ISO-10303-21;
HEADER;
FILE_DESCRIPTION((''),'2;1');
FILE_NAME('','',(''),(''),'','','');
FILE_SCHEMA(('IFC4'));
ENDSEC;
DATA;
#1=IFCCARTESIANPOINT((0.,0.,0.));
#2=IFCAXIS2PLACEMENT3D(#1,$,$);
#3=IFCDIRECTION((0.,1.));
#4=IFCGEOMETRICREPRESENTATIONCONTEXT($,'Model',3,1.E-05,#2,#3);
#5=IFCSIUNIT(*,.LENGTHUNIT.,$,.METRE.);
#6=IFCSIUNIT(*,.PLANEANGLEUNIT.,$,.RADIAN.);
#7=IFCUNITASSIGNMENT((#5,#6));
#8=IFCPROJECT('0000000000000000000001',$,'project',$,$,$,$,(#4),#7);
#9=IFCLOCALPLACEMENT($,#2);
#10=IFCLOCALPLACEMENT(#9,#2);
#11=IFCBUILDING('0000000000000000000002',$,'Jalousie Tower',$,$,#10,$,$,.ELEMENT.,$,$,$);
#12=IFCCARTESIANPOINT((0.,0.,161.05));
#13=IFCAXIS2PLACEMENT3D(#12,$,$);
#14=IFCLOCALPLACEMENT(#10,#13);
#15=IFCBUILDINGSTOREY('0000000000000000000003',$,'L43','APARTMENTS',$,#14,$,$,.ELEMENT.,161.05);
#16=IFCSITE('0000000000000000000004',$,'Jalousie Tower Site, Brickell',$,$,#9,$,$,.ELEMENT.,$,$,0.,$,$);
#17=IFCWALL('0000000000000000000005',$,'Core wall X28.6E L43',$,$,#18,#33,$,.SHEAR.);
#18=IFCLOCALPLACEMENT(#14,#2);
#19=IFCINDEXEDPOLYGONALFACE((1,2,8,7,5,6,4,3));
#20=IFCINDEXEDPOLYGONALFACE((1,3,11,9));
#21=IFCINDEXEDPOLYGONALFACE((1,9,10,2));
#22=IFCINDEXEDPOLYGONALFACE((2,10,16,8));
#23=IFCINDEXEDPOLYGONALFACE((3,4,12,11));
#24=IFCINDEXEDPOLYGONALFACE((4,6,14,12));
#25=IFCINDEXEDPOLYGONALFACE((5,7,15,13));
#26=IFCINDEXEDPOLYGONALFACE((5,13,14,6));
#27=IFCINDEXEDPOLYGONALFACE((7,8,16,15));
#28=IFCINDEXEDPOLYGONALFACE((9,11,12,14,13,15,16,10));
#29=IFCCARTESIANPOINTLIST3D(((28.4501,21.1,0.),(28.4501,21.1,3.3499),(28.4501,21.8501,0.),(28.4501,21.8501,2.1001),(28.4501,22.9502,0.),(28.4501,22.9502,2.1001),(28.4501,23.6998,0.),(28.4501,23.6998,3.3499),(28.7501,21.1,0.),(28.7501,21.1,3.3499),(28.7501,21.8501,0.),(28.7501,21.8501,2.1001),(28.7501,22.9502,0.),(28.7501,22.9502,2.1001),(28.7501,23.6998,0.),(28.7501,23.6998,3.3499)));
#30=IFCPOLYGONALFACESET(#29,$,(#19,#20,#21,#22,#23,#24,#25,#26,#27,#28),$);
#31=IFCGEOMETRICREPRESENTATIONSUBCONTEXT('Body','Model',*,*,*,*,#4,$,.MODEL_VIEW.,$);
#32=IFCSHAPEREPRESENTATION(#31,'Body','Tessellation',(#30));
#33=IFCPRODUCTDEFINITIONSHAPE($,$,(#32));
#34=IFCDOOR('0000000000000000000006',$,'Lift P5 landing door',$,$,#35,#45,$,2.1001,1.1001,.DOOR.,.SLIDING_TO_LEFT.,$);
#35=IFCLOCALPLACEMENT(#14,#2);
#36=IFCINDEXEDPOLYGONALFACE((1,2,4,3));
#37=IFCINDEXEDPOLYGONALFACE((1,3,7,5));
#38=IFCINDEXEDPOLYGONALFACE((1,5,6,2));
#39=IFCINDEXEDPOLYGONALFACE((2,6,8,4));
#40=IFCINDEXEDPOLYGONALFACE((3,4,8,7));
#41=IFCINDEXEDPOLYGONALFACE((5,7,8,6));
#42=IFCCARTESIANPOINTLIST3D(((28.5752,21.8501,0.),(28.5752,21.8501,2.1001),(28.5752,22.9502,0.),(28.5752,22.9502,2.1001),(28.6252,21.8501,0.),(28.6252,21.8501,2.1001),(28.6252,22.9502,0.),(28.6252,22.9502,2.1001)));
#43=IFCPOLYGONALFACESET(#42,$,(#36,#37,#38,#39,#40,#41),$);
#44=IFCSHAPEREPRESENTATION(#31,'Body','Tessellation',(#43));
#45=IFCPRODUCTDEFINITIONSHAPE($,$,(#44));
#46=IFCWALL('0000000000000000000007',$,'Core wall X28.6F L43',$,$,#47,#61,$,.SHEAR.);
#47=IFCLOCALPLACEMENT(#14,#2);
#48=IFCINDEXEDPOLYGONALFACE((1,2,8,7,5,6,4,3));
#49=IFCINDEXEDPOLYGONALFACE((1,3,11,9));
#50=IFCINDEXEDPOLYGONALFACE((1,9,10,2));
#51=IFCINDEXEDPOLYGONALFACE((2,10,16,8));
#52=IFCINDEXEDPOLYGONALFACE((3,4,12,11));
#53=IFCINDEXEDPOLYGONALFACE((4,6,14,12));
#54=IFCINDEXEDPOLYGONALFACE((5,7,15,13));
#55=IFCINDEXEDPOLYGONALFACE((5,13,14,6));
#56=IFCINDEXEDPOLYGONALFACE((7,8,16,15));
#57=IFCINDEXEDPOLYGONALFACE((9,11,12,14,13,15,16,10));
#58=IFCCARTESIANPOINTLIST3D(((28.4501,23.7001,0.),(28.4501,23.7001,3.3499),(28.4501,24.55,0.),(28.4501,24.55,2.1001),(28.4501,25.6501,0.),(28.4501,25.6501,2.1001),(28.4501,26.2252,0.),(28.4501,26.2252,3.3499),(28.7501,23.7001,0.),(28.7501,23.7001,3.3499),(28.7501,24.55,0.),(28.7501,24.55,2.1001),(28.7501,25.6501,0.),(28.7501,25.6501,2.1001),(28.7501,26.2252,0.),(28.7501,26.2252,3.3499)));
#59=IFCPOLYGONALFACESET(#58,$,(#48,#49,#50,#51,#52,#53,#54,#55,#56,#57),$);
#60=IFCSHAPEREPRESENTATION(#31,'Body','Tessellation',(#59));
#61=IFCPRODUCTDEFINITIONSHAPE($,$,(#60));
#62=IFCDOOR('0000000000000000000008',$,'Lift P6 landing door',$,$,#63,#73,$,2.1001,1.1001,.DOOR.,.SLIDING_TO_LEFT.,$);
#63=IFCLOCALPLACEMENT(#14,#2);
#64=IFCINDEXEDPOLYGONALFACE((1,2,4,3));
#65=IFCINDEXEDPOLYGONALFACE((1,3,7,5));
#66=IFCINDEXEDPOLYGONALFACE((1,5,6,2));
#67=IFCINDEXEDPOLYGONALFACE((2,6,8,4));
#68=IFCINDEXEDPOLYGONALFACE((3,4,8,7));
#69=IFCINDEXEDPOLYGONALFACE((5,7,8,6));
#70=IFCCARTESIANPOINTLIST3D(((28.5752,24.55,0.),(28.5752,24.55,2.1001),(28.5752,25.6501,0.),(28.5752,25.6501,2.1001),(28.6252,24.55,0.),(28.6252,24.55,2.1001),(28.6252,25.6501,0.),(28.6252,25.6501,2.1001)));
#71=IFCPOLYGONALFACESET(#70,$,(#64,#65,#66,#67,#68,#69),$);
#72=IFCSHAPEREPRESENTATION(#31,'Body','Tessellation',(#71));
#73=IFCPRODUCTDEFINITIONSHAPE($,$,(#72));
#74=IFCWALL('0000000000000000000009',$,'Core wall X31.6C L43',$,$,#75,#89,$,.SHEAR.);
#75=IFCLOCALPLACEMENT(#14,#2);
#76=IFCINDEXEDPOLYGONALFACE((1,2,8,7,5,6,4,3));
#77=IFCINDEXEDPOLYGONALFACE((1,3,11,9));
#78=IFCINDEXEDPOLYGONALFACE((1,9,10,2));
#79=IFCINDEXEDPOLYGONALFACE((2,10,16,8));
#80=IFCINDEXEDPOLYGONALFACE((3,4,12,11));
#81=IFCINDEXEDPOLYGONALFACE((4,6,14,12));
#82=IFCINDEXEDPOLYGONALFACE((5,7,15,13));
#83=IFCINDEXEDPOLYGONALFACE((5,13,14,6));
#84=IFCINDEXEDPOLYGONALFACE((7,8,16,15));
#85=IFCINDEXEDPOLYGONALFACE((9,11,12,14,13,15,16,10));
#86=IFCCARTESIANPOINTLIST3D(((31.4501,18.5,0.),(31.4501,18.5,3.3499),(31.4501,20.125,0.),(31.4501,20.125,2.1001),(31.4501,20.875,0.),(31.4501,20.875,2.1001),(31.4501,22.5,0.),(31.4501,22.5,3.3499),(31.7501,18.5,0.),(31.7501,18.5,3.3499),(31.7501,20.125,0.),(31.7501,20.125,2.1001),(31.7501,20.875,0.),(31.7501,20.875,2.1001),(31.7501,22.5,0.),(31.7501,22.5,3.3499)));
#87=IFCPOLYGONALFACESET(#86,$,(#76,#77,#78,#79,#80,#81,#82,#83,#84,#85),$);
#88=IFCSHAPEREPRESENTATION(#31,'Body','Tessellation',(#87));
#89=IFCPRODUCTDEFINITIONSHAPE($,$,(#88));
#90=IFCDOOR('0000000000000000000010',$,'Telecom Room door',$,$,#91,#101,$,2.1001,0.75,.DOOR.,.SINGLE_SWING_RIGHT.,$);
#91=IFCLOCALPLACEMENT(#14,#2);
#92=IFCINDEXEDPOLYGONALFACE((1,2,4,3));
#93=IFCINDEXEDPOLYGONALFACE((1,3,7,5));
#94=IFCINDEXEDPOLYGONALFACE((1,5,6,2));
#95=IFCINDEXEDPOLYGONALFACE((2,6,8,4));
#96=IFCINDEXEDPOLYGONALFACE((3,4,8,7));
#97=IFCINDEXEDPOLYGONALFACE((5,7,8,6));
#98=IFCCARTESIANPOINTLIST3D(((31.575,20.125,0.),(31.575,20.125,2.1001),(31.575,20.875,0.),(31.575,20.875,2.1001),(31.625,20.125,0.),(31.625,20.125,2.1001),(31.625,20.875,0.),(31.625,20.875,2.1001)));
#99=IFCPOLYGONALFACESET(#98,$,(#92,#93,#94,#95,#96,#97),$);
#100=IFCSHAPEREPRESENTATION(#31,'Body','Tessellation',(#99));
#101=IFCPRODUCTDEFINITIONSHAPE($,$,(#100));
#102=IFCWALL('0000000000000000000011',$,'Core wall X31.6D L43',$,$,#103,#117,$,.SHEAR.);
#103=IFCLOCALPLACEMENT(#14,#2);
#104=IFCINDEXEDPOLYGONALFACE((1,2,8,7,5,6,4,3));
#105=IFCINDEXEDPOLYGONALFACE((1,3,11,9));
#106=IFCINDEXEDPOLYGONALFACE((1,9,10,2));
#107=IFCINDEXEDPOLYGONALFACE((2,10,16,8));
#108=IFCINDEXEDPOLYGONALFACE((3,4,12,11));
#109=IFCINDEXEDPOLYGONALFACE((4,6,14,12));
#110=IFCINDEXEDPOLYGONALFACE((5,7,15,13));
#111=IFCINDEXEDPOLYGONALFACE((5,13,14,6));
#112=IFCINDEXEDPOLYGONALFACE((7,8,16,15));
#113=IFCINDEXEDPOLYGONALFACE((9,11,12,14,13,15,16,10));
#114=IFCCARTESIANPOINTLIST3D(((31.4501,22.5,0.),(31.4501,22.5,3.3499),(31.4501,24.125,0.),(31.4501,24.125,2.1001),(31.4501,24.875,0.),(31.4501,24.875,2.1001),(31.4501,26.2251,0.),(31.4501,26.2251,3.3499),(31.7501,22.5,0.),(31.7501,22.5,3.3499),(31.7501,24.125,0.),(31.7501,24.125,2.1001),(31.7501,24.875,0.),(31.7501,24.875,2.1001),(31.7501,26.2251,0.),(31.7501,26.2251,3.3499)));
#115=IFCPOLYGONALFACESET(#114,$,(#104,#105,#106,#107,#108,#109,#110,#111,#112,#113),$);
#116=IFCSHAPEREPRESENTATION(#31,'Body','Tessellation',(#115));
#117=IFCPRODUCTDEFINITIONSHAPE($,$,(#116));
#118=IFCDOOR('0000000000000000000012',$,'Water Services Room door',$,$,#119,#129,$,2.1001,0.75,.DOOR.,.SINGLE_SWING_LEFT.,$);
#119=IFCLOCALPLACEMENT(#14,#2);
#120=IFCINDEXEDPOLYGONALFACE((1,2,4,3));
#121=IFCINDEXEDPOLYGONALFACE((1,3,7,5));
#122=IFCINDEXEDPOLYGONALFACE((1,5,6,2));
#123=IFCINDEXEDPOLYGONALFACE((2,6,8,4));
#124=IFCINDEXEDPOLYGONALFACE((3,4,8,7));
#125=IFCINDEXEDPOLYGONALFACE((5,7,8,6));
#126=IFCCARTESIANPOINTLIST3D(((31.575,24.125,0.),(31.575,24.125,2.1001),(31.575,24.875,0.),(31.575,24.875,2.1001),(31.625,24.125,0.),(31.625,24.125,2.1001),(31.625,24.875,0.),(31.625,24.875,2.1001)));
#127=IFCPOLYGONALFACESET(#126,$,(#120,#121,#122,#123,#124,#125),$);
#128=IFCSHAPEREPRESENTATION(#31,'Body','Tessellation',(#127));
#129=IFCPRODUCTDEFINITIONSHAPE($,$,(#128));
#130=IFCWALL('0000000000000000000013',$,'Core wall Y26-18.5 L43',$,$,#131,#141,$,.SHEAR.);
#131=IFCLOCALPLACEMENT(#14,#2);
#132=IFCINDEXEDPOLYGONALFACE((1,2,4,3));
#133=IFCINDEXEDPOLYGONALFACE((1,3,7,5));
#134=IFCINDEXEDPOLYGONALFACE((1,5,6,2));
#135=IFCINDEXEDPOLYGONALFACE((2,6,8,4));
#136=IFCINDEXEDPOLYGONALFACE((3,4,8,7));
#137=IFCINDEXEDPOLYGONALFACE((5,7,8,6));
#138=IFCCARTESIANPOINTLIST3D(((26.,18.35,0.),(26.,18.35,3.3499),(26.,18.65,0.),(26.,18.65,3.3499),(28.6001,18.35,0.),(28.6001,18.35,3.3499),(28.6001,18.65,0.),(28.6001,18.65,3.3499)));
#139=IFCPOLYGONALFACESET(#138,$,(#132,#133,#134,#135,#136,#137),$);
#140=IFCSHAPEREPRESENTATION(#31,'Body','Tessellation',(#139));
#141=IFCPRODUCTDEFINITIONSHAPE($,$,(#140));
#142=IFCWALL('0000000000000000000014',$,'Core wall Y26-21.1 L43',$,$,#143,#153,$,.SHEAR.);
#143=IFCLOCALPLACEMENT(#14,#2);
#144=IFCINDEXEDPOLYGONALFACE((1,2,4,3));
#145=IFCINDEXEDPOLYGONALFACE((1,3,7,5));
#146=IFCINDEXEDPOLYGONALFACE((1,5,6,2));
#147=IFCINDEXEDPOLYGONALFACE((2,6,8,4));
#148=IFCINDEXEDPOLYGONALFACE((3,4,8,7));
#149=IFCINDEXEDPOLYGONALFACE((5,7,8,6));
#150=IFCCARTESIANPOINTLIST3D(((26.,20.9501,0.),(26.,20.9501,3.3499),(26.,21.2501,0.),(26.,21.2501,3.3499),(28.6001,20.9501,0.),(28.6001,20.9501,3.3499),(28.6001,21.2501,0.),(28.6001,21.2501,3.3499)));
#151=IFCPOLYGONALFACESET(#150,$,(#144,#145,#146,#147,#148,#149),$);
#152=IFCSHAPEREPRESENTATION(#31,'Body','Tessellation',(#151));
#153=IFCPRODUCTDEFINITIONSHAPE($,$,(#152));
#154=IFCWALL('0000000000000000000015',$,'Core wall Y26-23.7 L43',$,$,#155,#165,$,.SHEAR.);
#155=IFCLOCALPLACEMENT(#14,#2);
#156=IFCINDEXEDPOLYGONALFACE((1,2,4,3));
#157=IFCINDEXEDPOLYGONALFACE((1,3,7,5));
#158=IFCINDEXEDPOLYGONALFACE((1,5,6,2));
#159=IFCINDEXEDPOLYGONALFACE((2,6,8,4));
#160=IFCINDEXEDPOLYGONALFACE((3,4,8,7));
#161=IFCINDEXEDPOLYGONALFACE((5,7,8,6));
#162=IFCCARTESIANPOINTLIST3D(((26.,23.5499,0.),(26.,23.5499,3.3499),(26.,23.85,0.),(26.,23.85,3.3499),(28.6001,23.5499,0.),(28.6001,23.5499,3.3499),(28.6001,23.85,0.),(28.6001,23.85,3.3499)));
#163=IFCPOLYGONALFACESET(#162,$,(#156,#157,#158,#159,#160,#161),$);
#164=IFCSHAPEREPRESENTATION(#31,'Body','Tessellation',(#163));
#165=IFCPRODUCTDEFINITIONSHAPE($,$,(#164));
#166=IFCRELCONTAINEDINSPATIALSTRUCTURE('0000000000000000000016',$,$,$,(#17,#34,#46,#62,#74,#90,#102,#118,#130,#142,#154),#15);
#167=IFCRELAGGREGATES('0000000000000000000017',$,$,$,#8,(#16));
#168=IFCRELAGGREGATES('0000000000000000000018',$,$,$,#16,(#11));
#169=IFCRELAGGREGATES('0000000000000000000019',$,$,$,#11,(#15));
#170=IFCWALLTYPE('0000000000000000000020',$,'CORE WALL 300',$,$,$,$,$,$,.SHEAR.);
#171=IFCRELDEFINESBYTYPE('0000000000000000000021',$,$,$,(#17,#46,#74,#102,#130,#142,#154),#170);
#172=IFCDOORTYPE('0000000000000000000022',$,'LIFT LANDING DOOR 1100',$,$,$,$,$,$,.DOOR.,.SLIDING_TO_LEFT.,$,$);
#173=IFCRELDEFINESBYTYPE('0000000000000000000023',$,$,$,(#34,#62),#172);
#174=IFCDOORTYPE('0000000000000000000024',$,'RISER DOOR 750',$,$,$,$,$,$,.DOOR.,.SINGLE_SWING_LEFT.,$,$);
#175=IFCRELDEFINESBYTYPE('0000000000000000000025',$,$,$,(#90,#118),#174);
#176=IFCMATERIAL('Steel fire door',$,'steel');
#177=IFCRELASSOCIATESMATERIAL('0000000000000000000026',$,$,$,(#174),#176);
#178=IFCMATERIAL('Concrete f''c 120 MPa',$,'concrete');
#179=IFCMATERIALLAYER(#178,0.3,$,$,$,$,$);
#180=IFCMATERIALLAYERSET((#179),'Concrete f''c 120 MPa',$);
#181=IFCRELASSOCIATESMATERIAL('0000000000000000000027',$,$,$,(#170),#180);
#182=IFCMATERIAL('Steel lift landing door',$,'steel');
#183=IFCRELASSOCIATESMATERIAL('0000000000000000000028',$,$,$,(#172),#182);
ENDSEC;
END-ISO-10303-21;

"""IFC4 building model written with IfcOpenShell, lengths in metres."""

from ifc_helpers import new_model, si_unit, direction, frame, frame_2d, origin, place, context, subcontext, project, spatial, rectangle, extrude, material, layer, layer_set, type_object, element, fill, save


model = new_model("IFC4")

# Units and contexts
model_context = context("Model", 3, precision=1e-05, world=origin(), true_north=direction((0.0, 1.0)))
body_context = subcontext(model_context, "Body", "Model", "MODEL_VIEW")
ifc_project = project(units=[si_unit("LENGTHUNIT", "METRE"), si_unit("PLANEANGLEUNIT", "RADIAN")], contexts=[model_context])

# Site, building, storey
site_placement = place(None, origin())
site = spatial("IfcSite", under=ifc_project, at=site_placement, Name="Jalousie Tower Site, Brickell", CompositionType="ELEMENT", RefElevation=0.0)
building_placement = place(site_placement, origin())
building = spatial("IfcBuilding", under=site, at=building_placement, Name="Jalousie Tower", CompositionType="ELEMENT")
storey_placement = place(building_placement, frame((0.0, 0.0, 161.05)))
storey = spatial("IfcBuildingStorey", under=building, at=storey_placement, Name="L43", Description="APARTMENTS", CompositionType="ELEMENT", Elevation=161.05)

# Shared definitions
ifc_material_1 = material(Name="Steel fire door", Category="steel")
door_type_1 = type_object("IfcDoorType", Name="RISER DOOR 750", OperationType="SINGLE_SWING_LEFT", PredefinedType="DOOR", material=ifc_material_1)

# Shared definitions
ifc_material_2 = material(Name="Concrete f'c 120 MPa", Category="concrete")
ifc_layer_1 = layer(ifc_material_2, 0.3)
ifc_layer_set_1 = layer_set([ifc_layer_1], Name="Concrete f'c 120 MPa")
wall_type_1 = type_object("IfcWallType", Name="CORE WALL 300", PredefinedType="SHEAR", material=ifc_layer_set_1)

# Walls, openings, doors
ifc_material_3 = material(Name="Steel lift landing door", Category="steel")
door_type_2 = type_object("IfcDoorType", Name="LIFT LANDING DOOR 1100", OperationType="SLIDING_TO_LEFT", PredefinedType="DOOR", material=ifc_material_3)
wall_1_placement = place(storey_placement, frame((28.6001, 21.1001, 0.0), z_axis=(0.0, 0.0, 1.0), x_axis=(0.0, 1.0, 0.0)))
wall_1 = element("IfcWall", 1, at=wall_1_placement, inside=storey, type_object=wall_type_1, Name="Core wall X28.6E L43", PredefinedType="SHEAR", context=body_context, shape_type="SweptSolid", body=[
    extrude(rectangle(XDim=2.5999, YDim=0.3, at=frame_2d((1.2998, 0.0))), origin(), (0.0, 0.0, 1.0), 3.3499),
])
opening_1_placement = place(wall_1_placement, frame((0.75, 0.0, 0.0)))
opening_1 = element("IfcOpeningElement", 2, at=opening_1_placement, cuts=wall_1, PredefinedType="OPENING", context=body_context, shape_type="SweptSolid", body=[
    extrude(rectangle(XDim=1.1001, YDim=2.1001, at=frame_2d((0.55, 1.05))), frame((0.0, 0.1599, 0.0), z_axis=(0.0, -1.0, 0.0), x_axis=(1.0, 0.0, 0.0)), (0.0, 0.0, 1.0), 0.3201),
])
door_1_placement = place(opening_1_placement, origin())
door_1 = element("IfcDoor", 3, at=door_1_placement, inside=storey, type_object=door_type_2, Name="Lift P5 landing door", OperationType="SLIDING_TO_LEFT", OverallHeight=2.1001, OverallWidth=1.1001, PredefinedType="DOOR", context=body_context, shape_type="SweptSolid", body=[
    extrude(rectangle(XDim=1.1001, YDim=2.1001, at=frame_2d((0.55, 1.05))), frame((0.0, 0.0249, 0.0), z_axis=(0.0, -1.0, 0.0), x_axis=(1.0, 0.0, 0.0)), (0.0, 0.0, 1.0), 0.05),
])
fill(opening_1, door_1)
wall_2_placement = place(storey_placement, frame((28.6001, 23.7, 0.0), z_axis=(0.0, 0.0, 1.0), x_axis=(0.0, 1.0, 0.0)))
wall_2 = element("IfcWall", 4, at=wall_2_placement, inside=storey, type_object=wall_type_1, Name="Core wall X28.6F L43", PredefinedType="SHEAR", context=body_context, shape_type="SweptSolid", body=[
    extrude(rectangle(XDim=2.5251, YDim=0.3, at=frame_2d((1.2627, 0.0))), origin(), (0.0, 0.0, 1.0), 3.3499),
])
opening_2_placement = place(wall_2_placement, frame((0.8501, 0.0, 0.0)))
opening_2 = element("IfcOpeningElement", 5, at=opening_2_placement, cuts=wall_2, PredefinedType="OPENING", context=body_context, shape_type="SweptSolid", body=[
    extrude(rectangle(XDim=1.1001, YDim=2.1001, at=frame_2d((0.55, 1.05))), frame((0.0, 0.1599, 0.0), z_axis=(0.0, -1.0, 0.0), x_axis=(1.0, 0.0, 0.0)), (0.0, 0.0, 1.0), 0.3201),
])
door_2_placement = place(opening_2_placement, origin())
door_2 = element("IfcDoor", 6, at=door_2_placement, inside=storey, type_object=door_type_2, Name="Lift P6 landing door", OperationType="SLIDING_TO_LEFT", OverallHeight=2.1001, OverallWidth=1.1001, PredefinedType="DOOR", context=body_context, shape_type="SweptSolid", body=[
    extrude(rectangle(XDim=1.1001, YDim=2.1001, at=frame_2d((0.55, 1.05))), frame((0.0, 0.0249, 0.0), z_axis=(0.0, -1.0, 0.0), x_axis=(1.0, 0.0, 0.0)), (0.0, 0.0, 1.0), 0.05),
])
fill(opening_2, door_2)
wall_3_placement = place(storey_placement, frame((31.6001, 18.5, 0.0), z_axis=(0.0, 0.0, 1.0), x_axis=(0.0, 1.0, 0.0)))
wall_3 = element("IfcWall", 7, at=wall_3_placement, inside=storey, type_object=wall_type_1, Name="Core wall X31.6C L43", PredefinedType="SHEAR", context=body_context, shape_type="SweptSolid", body=[
    extrude(rectangle(XDim=4.0, YDim=0.3, at=frame_2d((2.0, 0.0))), origin(), (0.0, 0.0, 1.0), 3.3499),
])
opening_3_placement = place(wall_3_placement, frame((1.625, 0.0, 0.0)))
opening_3 = element("IfcOpeningElement", 8, at=opening_3_placement, cuts=wall_3, PredefinedType="OPENING", context=body_context, shape_type="SweptSolid", body=[
    extrude(rectangle(XDim=0.75, YDim=2.1001, at=frame_2d((0.375, 1.05))), frame((0.0, 0.1599, 0.0), z_axis=(0.0, -1.0, 0.0), x_axis=(1.0, 0.0, 0.0)), (0.0, 0.0, 1.0), 0.3201),
])
door_3_placement = place(opening_3_placement, frame((0.75, 0.0, 0.0), z_axis=(0.0, 0.0, 1.0), x_axis=(-1.0, 0.0, 0.0)))
door_3 = element("IfcDoor", 9, at=door_3_placement, inside=storey, type_object=door_type_1, Name="Telecom Room door", OperationType="SINGLE_SWING_RIGHT", OverallHeight=2.1001, OverallWidth=0.75, PredefinedType="DOOR", context=body_context, shape_type="SweptSolid", body=[
    extrude(rectangle(XDim=0.75, YDim=2.1001, at=frame_2d((0.375, 1.05))), frame((0.0, 0.0249, 0.0), z_axis=(0.0, -1.0, 0.0), x_axis=(1.0, 0.0, 0.0)), (0.0, 0.0, 1.0), 0.05),
])
fill(opening_3, door_3)
wall_4_placement = place(storey_placement, frame((31.6001, 22.5, 0.0), z_axis=(0.0, 0.0, 1.0), x_axis=(0.0, 1.0, 0.0)))
wall_4 = element("IfcWall", 10, at=wall_4_placement, inside=storey, type_object=wall_type_1, Name="Core wall X31.6D L43", PredefinedType="SHEAR", context=body_context, shape_type="SweptSolid", body=[
    extrude(rectangle(XDim=3.7251, YDim=0.3, at=frame_2d((1.8625, 0.0))), origin(), (0.0, 0.0, 1.0), 3.3499),
])
opening_4_placement = place(wall_4_placement, frame((1.625, 0.0, 0.0)))
opening_4 = element("IfcOpeningElement", 11, at=opening_4_placement, cuts=wall_4, PredefinedType="OPENING", context=body_context, shape_type="SweptSolid", body=[
    extrude(rectangle(XDim=0.75, YDim=2.1001, at=frame_2d((0.375, 1.05))), frame((0.0, 0.1599, 0.0), z_axis=(0.0, -1.0, 0.0), x_axis=(1.0, 0.0, 0.0)), (0.0, 0.0, 1.0), 0.3201),
])
door_4_placement = place(opening_4_placement, frame((0.75, 0.0, 0.0), z_axis=(0.0, 0.0, 1.0), x_axis=(-1.0, 0.0, 0.0)))
door_4 = element("IfcDoor", 12, at=door_4_placement, inside=storey, type_object=door_type_1, Name="Water Services Room door", OperationType="SINGLE_SWING_LEFT", OverallHeight=2.1001, OverallWidth=0.75, PredefinedType="DOOR", context=body_context, shape_type="SweptSolid", body=[
    extrude(rectangle(XDim=0.75, YDim=2.1001, at=frame_2d((0.375, 1.05))), frame((0.0, 0.0249, 0.0), z_axis=(0.0, -1.0, 0.0), x_axis=(1.0, 0.0, 0.0)), (0.0, 0.0, 1.0), 0.05),
])
fill(opening_4, door_4)

# Walls
for number, where, z_axis, x_axis, name in (
    (13, (26.0, 18.5, 0.0), (0.0, 0.0, 1.0), (1.0, 0.0, 0.0), "Core wall Y26-18.5 L43"),
    (14, (26.0, 21.1001, 0.0), (0.0, 0.0, 1.0), (1.0, 0.0, 0.0), "Core wall Y26-21.1 L43"),
    (15, (26.0, 23.7, 0.0), (0.0, 0.0, 1.0), (1.0, 0.0, 0.0), "Core wall Y26-23.7 L43"),
):
    element("IfcWall", number, at=place(storey_placement, frame(where, z_axis=z_axis, x_axis=x_axis)), inside=storey, type_object=wall_type_1, Name=name, PredefinedType="SHEAR", context=body_context, shape_type="SweptSolid", body=[
        extrude(rectangle(XDim=2.6001, YDim=0.3, at=frame_2d((1.3, 0.0))), origin(), (0.0, 0.0, 1.0), 3.3499),
    ])

save(model, "model.ifc")
